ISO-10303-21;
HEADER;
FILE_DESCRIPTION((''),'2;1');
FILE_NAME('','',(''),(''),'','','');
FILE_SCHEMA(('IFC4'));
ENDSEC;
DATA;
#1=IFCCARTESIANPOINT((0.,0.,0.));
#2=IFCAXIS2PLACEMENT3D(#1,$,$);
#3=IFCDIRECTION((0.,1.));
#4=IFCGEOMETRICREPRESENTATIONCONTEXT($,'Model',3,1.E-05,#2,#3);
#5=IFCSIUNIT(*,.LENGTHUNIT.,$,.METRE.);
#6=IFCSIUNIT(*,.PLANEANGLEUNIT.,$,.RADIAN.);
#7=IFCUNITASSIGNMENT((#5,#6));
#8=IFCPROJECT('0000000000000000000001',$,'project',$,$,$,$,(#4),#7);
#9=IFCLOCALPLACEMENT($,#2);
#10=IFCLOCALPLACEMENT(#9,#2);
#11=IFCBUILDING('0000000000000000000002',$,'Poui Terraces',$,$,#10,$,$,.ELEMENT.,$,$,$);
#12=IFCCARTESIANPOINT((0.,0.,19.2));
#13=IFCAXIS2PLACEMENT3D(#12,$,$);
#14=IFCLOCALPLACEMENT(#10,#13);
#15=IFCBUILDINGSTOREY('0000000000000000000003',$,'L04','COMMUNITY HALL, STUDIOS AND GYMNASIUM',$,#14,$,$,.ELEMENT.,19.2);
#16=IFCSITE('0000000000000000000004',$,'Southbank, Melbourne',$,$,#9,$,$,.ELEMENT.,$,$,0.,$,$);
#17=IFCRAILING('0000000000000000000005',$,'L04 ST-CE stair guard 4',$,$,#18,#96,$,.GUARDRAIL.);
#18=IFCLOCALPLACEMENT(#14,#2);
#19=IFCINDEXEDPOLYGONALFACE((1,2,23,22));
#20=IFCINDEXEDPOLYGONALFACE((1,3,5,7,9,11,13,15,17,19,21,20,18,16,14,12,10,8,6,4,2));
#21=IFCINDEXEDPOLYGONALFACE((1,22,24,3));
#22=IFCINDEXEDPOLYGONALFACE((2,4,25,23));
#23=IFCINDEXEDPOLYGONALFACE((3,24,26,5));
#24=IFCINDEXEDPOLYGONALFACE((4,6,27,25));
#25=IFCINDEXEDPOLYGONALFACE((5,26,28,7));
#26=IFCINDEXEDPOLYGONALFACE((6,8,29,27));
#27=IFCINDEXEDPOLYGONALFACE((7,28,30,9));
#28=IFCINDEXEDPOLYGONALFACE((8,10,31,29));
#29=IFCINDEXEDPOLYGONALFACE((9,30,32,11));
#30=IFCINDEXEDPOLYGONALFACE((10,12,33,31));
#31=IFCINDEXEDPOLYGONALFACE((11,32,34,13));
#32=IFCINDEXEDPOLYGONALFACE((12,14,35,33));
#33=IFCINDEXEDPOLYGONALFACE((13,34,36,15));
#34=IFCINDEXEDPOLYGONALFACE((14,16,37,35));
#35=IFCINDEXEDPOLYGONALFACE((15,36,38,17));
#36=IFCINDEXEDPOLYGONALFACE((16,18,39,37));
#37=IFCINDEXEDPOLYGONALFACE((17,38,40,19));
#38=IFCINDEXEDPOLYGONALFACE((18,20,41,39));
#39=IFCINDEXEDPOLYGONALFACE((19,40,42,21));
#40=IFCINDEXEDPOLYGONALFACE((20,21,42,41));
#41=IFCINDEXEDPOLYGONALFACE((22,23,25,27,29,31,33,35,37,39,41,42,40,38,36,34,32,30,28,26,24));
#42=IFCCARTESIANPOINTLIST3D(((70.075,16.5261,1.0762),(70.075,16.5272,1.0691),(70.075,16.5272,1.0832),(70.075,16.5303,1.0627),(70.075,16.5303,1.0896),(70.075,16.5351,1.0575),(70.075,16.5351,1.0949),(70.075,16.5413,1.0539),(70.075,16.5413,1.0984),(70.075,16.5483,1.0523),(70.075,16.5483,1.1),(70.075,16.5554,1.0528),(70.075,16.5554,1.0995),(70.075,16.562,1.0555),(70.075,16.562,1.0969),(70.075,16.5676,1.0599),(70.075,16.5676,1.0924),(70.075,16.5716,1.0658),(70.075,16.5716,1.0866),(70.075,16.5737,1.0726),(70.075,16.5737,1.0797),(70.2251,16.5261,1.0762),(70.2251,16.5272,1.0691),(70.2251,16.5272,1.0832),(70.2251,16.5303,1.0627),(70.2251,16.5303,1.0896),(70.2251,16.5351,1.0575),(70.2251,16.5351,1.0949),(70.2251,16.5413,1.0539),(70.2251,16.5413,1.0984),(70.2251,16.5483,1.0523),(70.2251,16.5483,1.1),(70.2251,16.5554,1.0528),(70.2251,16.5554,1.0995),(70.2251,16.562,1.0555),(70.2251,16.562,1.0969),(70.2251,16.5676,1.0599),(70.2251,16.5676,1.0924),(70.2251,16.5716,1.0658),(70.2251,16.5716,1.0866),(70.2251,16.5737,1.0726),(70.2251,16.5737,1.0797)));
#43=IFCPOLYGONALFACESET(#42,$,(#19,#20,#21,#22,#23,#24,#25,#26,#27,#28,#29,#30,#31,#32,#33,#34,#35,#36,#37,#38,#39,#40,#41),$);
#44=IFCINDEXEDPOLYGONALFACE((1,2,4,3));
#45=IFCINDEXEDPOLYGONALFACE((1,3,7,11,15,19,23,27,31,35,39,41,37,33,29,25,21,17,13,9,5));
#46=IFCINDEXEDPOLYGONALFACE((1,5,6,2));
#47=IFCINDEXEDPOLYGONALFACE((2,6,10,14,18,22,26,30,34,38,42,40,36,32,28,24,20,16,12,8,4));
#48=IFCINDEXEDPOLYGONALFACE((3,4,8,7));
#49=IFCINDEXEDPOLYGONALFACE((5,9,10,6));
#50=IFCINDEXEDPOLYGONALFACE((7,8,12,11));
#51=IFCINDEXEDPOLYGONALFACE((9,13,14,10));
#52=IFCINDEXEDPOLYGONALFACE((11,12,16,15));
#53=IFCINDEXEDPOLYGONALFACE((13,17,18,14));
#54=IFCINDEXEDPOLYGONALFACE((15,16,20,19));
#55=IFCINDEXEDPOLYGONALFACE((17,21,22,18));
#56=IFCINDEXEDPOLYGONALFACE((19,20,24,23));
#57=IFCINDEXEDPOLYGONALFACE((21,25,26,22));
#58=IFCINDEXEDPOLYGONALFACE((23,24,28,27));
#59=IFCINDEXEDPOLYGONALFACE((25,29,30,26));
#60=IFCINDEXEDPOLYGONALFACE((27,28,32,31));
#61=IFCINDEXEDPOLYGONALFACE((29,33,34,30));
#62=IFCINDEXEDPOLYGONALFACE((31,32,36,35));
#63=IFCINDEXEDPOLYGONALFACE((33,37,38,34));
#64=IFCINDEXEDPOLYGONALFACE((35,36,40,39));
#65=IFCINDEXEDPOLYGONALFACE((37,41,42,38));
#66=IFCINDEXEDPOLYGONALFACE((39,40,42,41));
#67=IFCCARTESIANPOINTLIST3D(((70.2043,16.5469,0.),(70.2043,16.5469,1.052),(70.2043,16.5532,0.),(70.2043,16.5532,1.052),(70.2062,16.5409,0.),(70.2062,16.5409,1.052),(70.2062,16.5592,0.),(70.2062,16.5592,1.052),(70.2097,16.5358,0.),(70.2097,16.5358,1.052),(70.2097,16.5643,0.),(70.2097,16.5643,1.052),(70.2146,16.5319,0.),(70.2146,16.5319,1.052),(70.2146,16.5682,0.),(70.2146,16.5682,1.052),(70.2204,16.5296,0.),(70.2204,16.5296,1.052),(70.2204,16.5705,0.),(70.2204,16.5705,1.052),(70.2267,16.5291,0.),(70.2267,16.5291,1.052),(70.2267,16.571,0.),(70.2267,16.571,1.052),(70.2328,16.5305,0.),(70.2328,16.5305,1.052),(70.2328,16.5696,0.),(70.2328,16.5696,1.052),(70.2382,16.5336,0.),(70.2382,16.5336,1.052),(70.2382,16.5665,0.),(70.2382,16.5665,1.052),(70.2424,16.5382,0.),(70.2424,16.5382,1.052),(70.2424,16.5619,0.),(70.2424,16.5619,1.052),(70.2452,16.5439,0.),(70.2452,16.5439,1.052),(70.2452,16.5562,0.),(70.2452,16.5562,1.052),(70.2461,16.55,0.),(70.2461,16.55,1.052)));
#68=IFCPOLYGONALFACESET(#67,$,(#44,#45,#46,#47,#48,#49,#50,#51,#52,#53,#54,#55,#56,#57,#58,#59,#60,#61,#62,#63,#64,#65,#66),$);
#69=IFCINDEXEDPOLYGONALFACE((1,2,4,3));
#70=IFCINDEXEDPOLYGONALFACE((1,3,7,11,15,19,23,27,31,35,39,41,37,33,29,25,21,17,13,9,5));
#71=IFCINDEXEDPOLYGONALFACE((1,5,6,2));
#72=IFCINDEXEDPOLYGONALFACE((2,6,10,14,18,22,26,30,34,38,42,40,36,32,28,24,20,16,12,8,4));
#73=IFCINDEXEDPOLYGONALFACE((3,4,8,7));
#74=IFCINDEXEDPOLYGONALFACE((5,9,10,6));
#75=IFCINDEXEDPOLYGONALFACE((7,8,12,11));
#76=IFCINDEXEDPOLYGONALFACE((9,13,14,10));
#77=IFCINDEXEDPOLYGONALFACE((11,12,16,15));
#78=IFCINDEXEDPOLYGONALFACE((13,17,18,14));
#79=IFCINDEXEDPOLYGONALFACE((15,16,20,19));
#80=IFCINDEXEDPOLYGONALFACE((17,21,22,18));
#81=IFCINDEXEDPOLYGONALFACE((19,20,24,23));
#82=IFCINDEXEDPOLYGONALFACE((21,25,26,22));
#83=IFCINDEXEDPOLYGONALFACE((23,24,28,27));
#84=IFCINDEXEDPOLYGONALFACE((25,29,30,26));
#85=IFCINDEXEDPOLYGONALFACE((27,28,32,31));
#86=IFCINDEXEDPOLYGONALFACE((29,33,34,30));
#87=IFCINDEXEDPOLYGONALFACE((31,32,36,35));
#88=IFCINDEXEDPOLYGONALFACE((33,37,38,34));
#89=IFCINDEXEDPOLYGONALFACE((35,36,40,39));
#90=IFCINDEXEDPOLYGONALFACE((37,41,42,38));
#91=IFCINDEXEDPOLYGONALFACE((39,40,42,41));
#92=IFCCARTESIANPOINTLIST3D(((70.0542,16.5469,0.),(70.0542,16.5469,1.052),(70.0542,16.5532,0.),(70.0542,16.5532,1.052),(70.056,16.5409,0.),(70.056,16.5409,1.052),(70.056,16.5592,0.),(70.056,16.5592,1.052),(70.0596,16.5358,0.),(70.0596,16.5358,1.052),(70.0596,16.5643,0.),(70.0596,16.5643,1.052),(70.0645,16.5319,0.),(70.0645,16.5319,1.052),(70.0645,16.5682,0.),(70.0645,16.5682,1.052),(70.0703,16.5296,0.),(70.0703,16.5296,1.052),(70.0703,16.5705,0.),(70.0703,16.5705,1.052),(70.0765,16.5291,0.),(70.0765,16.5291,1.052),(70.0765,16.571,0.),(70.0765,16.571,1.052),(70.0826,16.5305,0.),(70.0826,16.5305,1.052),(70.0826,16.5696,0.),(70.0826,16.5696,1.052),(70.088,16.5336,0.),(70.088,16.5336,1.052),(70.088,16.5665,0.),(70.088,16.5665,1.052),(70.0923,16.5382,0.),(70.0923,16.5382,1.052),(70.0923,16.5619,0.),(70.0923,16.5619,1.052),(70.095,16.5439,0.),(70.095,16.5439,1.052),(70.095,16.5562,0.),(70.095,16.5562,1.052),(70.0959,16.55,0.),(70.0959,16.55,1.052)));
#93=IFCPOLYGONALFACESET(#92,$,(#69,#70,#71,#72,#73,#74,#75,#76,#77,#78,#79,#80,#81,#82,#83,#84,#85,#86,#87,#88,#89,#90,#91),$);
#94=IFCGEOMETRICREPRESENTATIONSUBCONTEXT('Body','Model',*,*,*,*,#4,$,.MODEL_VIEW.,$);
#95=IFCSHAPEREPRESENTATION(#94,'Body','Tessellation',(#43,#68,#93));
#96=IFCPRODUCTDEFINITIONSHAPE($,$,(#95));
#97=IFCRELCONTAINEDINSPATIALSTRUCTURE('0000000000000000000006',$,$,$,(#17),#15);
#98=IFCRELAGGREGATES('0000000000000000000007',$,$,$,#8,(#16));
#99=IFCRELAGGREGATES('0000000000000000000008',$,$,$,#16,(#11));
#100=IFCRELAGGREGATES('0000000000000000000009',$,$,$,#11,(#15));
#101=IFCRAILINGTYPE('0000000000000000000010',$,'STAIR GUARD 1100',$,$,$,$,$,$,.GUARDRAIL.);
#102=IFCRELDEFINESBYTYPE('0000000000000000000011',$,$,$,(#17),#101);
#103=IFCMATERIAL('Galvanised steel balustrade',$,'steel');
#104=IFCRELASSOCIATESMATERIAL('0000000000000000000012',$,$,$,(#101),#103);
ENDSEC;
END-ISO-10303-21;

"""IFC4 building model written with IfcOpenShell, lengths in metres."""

from ifc_helpers import new_model, si_unit, direction, frame, origin, origin_2d, place, context, subcontext, project, spatial, circle, extrude, material, type_object, element, save


model = new_model("IFC4")

# Units and contexts
model_context = context("Model", 3, precision=1e-05, world=origin(), true_north=direction((0.0, 1.0)))
body_context = subcontext(model_context, "Body", "Model", "MODEL_VIEW")
ifc_project = project(units=[si_unit("LENGTHUNIT", "METRE"), si_unit("PLANEANGLEUNIT", "RADIAN")], contexts=[model_context])

# Site, building, storey
site_placement = place(None, origin())
site = spatial("IfcSite", under=ifc_project, at=site_placement, Name="Southbank, Melbourne", CompositionType="ELEMENT", RefElevation=0.0)
building_placement = place(site_placement, origin())
building = spatial("IfcBuilding", under=site, at=building_placement, Name="Poui Terraces", CompositionType="ELEMENT")
storey_placement = place(building_placement, frame((0.0, 0.0, 19.2)))
storey = spatial("IfcBuildingStorey", under=building, at=storey_placement, Name="L04", Description="COMMUNITY HALL, STUDIOS AND GYMNASIUM", CompositionType="ELEMENT", Elevation=19.2)

# Railing
ifc_material_1 = material(Name="Galvanised steel balustrade", Category="steel")
railing_type_1 = type_object("IfcRailingType", Name="STAIR GUARD 1100", PredefinedType="GUARDRAIL", material=ifc_material_1)
railing_1_placement = place(storey_placement, frame((70.2251, 16.55, 0.0)))
element("IfcRailing", 1, at=railing_1_placement, inside=storey, type_object=railing_type_1, Name="L04 ST-CE stair guard 4", PredefinedType="GUARDRAIL", context=body_context, shape_type="SweptSolid", body=[
    extrude(circle(Radius=0.0239, at=origin_2d()), frame((0.0, 0.0, 1.0762), z_axis=(-1.0, 0.0, 0.0), x_axis=(0.0, -1.0, 0.0)), (0.0, 0.0, 1.0), 0.1501),
    extrude(circle(Radius=0.021, at=origin_2d()), origin(), (0.0, 0.0, 1.0), 1.052),
    extrude(circle(Radius=0.021, at=origin_2d()), frame((-0.1501, 0.0, 0.0)), (0.0, 0.0, 1.0), 1.052),
])

save(model, "model.ifc")
